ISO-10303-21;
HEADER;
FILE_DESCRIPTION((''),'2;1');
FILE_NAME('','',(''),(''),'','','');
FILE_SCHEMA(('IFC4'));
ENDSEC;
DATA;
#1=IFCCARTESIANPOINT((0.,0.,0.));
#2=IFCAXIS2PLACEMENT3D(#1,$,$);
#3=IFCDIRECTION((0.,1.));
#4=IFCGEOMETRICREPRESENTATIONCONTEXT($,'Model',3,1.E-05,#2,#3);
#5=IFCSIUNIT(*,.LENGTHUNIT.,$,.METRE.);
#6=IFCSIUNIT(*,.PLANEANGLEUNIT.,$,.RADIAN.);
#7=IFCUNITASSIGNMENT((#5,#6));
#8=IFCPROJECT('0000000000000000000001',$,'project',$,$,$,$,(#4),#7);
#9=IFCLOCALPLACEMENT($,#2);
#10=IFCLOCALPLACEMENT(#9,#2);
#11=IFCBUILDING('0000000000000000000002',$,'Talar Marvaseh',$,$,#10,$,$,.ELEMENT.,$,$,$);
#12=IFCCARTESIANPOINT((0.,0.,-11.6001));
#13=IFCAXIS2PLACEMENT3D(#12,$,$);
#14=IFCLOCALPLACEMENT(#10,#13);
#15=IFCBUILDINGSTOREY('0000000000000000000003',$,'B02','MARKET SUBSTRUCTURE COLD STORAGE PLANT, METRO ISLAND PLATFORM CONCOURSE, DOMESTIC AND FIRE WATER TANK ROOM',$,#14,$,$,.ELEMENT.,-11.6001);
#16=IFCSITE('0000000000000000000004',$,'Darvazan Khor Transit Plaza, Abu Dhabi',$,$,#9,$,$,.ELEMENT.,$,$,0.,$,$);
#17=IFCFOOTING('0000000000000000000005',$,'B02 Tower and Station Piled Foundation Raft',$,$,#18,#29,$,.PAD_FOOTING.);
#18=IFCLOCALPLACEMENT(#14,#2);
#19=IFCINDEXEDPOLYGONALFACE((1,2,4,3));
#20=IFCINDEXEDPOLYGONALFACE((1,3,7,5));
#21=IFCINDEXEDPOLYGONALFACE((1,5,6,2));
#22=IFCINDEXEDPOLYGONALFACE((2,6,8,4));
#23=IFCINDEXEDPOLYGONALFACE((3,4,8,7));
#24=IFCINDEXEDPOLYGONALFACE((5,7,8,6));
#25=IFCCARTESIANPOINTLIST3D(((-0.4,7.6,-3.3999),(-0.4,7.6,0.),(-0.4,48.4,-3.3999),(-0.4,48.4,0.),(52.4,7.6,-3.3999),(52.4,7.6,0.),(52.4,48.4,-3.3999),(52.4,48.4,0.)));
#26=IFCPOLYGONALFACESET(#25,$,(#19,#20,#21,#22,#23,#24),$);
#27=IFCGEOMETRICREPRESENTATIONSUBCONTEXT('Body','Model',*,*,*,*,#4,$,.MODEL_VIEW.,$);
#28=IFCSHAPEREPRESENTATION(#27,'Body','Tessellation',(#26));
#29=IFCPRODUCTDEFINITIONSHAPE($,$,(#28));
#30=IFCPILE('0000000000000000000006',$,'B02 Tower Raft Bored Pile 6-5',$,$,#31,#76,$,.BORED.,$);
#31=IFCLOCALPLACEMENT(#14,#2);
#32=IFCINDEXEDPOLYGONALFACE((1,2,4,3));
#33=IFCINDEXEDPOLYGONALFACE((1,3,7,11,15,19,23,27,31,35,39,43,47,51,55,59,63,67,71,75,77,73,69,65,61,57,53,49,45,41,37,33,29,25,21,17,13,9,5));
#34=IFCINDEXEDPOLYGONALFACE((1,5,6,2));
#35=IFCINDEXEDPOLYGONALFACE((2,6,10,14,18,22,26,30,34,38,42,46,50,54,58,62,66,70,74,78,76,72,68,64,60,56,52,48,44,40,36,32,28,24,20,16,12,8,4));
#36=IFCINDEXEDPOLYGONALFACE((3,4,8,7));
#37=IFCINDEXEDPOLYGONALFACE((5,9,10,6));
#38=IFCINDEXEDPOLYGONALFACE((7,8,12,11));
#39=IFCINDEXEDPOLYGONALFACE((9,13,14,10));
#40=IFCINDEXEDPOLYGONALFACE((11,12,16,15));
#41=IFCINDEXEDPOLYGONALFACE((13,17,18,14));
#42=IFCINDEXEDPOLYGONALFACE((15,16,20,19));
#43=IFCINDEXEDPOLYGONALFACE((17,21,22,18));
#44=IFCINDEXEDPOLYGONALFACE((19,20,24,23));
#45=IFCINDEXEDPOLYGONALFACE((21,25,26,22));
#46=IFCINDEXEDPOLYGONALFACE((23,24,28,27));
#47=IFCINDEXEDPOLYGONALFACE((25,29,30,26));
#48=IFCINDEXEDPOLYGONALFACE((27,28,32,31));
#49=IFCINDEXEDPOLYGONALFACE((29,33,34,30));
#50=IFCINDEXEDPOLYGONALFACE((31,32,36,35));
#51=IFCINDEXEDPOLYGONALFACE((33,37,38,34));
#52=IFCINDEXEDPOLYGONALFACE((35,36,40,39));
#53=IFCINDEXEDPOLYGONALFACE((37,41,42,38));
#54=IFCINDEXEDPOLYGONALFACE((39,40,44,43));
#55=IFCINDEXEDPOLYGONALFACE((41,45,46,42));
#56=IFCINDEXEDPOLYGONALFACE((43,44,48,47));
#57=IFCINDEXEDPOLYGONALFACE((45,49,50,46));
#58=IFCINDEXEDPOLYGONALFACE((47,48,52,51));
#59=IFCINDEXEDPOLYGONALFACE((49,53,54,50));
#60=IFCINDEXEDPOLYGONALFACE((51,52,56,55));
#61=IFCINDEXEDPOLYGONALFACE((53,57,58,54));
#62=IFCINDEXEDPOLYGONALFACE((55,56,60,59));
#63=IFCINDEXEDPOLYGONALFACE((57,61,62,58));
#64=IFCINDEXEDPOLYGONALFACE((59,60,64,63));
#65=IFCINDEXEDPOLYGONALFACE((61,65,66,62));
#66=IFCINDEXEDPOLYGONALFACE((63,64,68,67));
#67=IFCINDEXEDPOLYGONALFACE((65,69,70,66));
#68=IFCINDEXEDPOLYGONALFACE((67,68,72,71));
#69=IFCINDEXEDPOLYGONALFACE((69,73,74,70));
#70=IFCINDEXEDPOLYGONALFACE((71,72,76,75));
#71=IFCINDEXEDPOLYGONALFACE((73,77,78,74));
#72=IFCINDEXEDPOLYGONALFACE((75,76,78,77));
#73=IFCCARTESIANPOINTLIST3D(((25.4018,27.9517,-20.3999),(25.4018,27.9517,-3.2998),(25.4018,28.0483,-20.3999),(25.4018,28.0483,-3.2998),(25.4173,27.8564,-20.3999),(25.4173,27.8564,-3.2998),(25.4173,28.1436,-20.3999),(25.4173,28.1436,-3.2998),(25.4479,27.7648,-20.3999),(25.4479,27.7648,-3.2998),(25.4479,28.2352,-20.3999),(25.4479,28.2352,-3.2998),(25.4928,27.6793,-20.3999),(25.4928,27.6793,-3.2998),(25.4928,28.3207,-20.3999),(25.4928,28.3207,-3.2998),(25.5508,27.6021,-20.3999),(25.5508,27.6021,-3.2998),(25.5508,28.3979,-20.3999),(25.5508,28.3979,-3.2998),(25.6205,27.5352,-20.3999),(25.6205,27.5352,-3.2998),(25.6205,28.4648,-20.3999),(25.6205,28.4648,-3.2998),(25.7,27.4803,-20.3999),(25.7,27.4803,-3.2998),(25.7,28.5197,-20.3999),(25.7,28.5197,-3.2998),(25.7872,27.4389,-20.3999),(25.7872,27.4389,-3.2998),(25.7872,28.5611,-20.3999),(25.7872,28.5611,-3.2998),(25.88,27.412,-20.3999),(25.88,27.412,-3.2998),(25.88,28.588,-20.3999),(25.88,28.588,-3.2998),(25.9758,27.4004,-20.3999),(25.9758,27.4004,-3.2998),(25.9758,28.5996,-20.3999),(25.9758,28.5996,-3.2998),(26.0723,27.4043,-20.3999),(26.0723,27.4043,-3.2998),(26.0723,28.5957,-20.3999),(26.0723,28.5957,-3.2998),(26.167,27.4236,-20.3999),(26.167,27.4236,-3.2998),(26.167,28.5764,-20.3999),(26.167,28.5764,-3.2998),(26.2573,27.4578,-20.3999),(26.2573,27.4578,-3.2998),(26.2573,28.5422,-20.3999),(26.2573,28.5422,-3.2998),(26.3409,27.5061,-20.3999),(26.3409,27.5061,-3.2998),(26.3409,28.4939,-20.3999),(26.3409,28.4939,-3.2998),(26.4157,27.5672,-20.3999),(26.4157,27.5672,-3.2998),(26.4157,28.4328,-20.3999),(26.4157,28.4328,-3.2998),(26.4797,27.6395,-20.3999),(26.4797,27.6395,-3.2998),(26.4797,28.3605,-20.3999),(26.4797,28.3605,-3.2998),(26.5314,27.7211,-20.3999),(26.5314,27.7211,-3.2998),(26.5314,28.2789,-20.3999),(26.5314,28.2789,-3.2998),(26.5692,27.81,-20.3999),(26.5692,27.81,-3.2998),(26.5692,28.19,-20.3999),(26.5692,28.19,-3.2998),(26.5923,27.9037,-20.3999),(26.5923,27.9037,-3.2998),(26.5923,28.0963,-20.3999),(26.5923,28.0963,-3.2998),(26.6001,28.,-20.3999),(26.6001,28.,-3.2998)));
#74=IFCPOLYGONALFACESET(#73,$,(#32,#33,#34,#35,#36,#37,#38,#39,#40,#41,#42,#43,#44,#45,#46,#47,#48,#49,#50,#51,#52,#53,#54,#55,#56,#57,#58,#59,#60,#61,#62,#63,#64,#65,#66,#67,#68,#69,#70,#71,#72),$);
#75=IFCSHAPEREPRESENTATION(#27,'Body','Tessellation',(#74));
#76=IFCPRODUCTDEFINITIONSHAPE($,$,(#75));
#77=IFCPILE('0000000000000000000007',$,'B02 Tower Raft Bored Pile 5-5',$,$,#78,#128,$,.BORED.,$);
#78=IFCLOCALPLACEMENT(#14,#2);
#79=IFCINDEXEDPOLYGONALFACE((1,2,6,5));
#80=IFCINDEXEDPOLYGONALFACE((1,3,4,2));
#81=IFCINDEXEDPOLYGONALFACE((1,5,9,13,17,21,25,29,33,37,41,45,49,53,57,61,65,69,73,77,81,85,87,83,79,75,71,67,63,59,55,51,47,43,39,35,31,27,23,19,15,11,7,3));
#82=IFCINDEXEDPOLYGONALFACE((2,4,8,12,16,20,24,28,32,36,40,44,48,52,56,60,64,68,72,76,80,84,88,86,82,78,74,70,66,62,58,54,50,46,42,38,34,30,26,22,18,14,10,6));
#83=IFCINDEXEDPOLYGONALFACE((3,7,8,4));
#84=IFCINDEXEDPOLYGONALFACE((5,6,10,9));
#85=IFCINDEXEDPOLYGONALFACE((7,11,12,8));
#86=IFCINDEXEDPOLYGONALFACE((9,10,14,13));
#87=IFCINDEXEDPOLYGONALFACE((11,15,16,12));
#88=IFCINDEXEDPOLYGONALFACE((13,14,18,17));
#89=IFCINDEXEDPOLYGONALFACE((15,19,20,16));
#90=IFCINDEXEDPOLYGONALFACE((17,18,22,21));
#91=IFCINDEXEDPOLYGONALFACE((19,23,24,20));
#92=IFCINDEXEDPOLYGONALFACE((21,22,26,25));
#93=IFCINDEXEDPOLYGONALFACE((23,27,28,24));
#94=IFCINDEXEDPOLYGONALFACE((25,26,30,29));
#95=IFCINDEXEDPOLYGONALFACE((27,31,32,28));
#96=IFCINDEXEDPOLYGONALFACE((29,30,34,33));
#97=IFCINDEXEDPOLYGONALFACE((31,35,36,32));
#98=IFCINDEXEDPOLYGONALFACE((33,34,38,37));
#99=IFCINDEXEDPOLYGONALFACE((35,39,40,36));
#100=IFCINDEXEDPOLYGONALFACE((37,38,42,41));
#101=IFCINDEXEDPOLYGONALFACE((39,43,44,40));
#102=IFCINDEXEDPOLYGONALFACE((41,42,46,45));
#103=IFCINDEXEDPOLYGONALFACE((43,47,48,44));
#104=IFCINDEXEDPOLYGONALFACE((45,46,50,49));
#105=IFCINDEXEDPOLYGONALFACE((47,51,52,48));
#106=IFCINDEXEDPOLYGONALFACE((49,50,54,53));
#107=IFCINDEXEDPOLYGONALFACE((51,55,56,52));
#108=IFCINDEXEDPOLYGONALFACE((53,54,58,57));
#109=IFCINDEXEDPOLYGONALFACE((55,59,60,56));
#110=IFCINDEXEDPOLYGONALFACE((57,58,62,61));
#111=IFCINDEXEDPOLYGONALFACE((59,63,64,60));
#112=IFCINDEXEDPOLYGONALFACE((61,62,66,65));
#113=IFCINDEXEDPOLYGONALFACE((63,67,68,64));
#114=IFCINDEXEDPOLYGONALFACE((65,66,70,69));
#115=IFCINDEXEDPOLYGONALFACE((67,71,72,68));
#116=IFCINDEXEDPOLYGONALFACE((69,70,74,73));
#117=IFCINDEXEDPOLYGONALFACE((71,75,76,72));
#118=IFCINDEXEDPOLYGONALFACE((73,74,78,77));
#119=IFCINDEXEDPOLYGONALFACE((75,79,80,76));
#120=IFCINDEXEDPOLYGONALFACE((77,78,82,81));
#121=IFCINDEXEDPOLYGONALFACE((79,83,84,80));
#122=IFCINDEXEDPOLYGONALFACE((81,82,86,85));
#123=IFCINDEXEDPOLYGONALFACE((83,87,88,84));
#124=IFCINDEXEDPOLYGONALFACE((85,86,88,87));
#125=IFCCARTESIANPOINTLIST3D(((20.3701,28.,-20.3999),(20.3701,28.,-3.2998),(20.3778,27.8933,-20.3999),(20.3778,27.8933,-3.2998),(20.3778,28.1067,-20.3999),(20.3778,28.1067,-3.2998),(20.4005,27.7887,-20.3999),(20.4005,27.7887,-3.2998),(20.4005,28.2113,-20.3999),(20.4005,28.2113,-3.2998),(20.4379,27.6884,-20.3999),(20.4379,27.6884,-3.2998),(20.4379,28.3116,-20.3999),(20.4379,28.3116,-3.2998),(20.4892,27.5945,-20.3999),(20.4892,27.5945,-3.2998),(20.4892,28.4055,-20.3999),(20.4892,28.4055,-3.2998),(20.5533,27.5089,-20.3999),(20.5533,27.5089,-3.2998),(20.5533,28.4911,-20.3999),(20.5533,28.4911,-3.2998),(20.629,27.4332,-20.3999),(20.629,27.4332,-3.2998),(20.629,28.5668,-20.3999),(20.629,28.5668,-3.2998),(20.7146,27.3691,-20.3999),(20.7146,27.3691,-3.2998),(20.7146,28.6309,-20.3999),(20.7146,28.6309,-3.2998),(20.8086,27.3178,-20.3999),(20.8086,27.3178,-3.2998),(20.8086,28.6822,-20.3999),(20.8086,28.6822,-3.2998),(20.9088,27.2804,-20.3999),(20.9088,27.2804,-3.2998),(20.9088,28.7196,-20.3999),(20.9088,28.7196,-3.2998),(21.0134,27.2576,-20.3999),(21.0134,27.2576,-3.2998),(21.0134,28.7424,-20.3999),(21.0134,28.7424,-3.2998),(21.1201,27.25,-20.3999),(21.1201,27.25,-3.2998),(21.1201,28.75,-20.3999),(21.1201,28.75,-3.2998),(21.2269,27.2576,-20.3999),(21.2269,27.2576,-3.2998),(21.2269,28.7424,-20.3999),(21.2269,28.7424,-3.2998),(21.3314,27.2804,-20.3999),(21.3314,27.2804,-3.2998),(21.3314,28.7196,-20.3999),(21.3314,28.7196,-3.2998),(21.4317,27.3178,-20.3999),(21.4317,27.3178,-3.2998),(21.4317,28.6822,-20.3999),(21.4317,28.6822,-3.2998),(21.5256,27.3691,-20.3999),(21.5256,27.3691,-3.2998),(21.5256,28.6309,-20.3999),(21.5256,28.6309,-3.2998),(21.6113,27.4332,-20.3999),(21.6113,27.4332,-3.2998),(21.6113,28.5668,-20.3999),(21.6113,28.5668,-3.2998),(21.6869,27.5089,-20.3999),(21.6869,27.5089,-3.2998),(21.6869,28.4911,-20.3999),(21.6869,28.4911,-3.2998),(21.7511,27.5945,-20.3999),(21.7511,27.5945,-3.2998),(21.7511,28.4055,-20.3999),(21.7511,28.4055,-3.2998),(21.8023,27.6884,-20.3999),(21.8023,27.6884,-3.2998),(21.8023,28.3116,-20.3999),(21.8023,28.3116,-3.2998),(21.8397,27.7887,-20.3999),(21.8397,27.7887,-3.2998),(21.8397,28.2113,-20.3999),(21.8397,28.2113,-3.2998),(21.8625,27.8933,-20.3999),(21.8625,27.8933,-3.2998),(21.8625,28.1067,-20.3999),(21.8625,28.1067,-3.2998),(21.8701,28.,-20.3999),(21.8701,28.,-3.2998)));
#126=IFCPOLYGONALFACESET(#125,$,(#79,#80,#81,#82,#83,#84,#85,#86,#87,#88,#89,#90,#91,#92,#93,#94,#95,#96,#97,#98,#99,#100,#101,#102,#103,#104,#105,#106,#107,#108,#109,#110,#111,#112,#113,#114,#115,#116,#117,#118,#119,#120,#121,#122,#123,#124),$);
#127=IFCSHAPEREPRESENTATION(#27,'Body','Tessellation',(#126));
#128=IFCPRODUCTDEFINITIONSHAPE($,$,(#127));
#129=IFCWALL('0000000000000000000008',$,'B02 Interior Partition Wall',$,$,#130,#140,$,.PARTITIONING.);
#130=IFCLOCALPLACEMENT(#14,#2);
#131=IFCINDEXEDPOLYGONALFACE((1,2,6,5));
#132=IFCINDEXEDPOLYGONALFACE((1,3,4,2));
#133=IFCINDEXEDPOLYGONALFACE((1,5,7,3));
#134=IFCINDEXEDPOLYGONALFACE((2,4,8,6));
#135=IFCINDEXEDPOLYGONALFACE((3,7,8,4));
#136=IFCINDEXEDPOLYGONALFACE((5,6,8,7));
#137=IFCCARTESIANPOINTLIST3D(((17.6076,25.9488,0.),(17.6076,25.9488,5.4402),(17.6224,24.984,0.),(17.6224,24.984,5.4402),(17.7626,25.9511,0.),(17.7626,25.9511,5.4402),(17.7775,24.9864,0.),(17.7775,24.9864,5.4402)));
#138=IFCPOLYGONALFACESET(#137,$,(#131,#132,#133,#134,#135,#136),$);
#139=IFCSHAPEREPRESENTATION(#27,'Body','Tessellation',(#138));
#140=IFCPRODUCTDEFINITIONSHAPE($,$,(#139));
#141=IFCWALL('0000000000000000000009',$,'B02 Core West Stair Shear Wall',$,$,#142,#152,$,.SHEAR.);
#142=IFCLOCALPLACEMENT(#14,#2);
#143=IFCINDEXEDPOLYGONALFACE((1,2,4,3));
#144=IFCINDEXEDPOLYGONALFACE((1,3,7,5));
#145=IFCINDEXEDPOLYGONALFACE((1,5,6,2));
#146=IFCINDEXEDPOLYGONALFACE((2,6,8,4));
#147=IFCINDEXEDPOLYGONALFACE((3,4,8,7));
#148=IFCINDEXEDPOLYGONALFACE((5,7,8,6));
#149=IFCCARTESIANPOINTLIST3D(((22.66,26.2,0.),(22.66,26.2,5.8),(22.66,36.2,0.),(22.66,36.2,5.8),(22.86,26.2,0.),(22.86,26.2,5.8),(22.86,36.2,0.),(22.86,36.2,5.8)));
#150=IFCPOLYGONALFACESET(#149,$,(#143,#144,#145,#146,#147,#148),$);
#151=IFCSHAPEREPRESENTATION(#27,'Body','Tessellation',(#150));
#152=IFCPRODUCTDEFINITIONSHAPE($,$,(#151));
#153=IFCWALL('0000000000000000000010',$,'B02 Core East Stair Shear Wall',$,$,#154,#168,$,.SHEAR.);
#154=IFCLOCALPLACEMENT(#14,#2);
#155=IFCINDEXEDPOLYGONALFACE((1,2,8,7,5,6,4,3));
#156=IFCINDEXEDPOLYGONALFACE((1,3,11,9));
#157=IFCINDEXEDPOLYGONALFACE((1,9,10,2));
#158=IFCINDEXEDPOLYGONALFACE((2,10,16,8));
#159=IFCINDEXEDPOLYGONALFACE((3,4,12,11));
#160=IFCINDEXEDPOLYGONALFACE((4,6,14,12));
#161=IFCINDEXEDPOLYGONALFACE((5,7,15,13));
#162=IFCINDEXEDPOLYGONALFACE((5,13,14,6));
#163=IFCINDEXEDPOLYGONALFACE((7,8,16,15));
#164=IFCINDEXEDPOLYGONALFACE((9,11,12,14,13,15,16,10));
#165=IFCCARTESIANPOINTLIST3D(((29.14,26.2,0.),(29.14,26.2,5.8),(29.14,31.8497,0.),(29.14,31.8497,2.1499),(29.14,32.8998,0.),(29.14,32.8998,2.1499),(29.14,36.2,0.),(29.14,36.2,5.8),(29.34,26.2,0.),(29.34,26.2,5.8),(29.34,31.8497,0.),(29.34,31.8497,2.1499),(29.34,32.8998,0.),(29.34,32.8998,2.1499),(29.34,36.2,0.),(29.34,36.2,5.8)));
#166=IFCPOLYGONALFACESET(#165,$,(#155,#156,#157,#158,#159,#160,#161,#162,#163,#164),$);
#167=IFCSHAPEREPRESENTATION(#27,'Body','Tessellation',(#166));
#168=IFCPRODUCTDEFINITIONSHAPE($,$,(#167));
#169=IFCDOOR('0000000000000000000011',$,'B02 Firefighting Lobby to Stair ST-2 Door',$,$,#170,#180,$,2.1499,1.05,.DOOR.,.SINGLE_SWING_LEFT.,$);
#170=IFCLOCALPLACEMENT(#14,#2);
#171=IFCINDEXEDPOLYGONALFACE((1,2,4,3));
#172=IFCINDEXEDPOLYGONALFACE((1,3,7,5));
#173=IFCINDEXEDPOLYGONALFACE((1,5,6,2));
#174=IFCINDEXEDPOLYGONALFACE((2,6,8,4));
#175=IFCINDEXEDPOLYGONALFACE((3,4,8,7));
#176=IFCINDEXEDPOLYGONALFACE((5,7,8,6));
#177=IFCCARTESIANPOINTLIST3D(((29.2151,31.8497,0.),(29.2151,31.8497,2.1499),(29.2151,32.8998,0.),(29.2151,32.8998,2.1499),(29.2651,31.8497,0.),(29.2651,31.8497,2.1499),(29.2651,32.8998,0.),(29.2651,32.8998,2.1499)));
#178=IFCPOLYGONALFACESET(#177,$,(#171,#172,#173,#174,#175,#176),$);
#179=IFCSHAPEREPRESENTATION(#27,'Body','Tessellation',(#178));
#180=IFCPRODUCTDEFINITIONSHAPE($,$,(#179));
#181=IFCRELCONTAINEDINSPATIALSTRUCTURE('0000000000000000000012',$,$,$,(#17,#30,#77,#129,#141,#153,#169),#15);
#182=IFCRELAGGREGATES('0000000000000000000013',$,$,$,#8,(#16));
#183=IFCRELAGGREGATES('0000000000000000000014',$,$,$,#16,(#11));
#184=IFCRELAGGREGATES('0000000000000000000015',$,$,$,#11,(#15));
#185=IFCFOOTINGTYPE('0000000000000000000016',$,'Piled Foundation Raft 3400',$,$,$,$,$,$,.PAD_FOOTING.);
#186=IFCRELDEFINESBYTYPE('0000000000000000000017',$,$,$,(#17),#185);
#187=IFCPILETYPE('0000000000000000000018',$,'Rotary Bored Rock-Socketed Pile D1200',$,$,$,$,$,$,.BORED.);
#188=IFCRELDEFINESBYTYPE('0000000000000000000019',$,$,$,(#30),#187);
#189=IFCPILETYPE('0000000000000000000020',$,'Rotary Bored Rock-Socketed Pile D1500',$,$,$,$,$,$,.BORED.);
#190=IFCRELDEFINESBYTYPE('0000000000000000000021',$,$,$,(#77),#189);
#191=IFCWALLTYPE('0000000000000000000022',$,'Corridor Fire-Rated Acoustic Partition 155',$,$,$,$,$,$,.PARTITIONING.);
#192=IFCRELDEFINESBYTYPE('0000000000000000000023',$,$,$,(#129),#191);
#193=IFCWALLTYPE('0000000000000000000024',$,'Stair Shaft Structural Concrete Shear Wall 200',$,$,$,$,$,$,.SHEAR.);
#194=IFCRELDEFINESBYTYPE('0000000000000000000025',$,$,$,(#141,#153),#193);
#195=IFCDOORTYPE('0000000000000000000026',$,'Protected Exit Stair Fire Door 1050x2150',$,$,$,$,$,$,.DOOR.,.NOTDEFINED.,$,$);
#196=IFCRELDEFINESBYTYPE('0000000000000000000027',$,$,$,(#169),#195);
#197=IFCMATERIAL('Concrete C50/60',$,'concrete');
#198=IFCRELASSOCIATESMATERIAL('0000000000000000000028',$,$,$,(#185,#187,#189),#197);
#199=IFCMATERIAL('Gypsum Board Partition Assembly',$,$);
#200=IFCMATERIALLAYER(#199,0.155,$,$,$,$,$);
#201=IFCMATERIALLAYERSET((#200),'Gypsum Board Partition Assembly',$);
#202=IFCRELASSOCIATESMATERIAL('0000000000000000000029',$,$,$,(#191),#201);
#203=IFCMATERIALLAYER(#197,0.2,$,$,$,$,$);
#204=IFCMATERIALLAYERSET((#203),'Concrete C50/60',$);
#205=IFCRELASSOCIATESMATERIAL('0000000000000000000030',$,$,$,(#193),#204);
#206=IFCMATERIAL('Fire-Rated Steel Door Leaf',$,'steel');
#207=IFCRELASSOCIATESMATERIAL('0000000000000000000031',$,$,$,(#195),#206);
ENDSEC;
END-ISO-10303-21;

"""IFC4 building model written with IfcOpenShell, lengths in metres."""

from ifc_helpers import new_model, si_unit, direction, frame, frame_2d, origin, origin_2d, place, context, subcontext, project, spatial, rectangle, circle, extrude, source, transform, mapped, material, layer, layer_set, material_profile, profile_set, type_object, type_shapes, element, fill, save


model = new_model("IFC4")

# Units and contexts
model_context = context("Model", 3, precision=1e-05, world=origin(), true_north=direction((0.0, 1.0)))
body_context = subcontext(model_context, "Body", "Model", "MODEL_VIEW")
ifc_project = project(units=[si_unit("LENGTHUNIT", "METRE"), si_unit("PLANEANGLEUNIT", "RADIAN")], contexts=[model_context])

# Site, building, storey
site_placement = place(None, origin())
site = spatial("IfcSite", under=ifc_project, at=site_placement, Name="Darvazan Khor Transit Plaza, Abu Dhabi", CompositionType="ELEMENT", RefElevation=0.0)
building_placement = place(site_placement, origin())
building = spatial("IfcBuilding", under=site, at=building_placement, Name="Talar Marvaseh", CompositionType="ELEMENT")
storey_placement = place(building_placement, frame((0.0, 0.0, -11.6001)))
storey = spatial("IfcBuildingStorey", under=building, at=storey_placement, Name="B02", Description="MARKET SUBSTRUCTURE COLD STORAGE PLANT, METRO ISLAND PLATFORM CONCOURSE, DOMESTIC AND FIRE WATER TANK ROOM", CompositionType="ELEMENT", Elevation=-11.6001)

# Footing
ifc_material_1 = material(Name="Concrete C50/60", Category="concrete")
footing_type = type_object("IfcFootingType", Name="Piled Foundation Raft 3400", PredefinedType="PAD_FOOTING", material=ifc_material_1)
shared_shape_1 = source(origin(), body_context, "Body", "SweptSolid", [
    extrude(rectangle(XDim=52.8, YDim=40.8, at=origin_2d()), origin(), (0.0, 0.0, 1.0), 3.3999),
])
type_shapes(footing_type, [shared_shape_1])
footing_placement = place(storey_placement, frame((26.0, 28.0, -3.3999), z_axis=(0.0, 0.0, 1.0), x_axis=(1.0, 0.0, 0.0)))
element("IfcFooting", 1, at=footing_placement, inside=storey, type_object=footing_type, Name="B02 Tower and Station Piled Foundation Raft", PredefinedType="PAD_FOOTING", context=body_context, shape_type="MappedRepresentation", body=[
    mapped(shared_shape_1, transform((0.0, 0.0, 0.0), x_axis=(1.0, 0.0, 0.0), y_axis=(0.0, 1.0, 0.0), z_axis=(0.0, 0.0, 1.0), scale=1.0)),
])

# Piles
ifc_material_profile_1 = material_profile(ifc_material_1, circle(Radius=0.6001, at=origin_2d()), Name="PILE-D1200")
ifc_profile_set_1 = profile_set([ifc_material_profile_1], Name="Concrete C50/60")
pile_type_1 = type_object("IfcPileType", Name="Rotary Bored Rock-Socketed Pile D1200", PredefinedType="BORED", material=ifc_profile_set_1)
shared_shape_2 = source(origin(), body_context, "Body", "SweptSolid", [
    extrude(circle(Radius=0.6001, at=origin_2d()), origin(), (0.0, 0.0, 1.0), 17.1001),
])
type_shapes(pile_type_1, [shared_shape_2])
pile_1_placement = place(storey_placement, frame((26.0, 28.0, -3.2998), z_axis=(0.0, 0.0, -1.0), x_axis=(1.0, 0.0, 0.0)))
element("IfcPile", 2, at=pile_1_placement, inside=storey, type_object=pile_type_1, Name="B02 Tower Raft Bored Pile 6-5", PredefinedType="BORED", context=body_context, shape_type="MappedRepresentation", body=[
    mapped(shared_shape_2, transform((0.0, 0.0, 0.0), x_axis=(1.0, 0.0, 0.0), y_axis=(0.0, 1.0, 0.0), z_axis=(0.0, 0.0, 1.0), scale=1.0)),
])
ifc_material_profile_2 = material_profile(ifc_material_1, circle(Radius=0.75, at=origin_2d()), Name="PILE-D1500")
ifc_profile_set_2 = profile_set([ifc_material_profile_2], Name="Concrete C50/60")
pile_type_2 = type_object("IfcPileType", Name="Rotary Bored Rock-Socketed Pile D1500", PredefinedType="BORED", material=ifc_profile_set_2)
shared_shape_3 = source(origin(), body_context, "Body", "SweptSolid", [
    extrude(circle(Radius=0.75, at=origin_2d()), origin(), (0.0, 0.0, 1.0), 17.1001),
])
type_shapes(pile_type_2, [shared_shape_3])
pile_2_placement = place(storey_placement, frame((21.1201, 28.0, -3.2998), z_axis=(0.0, 0.0, -1.0), x_axis=(1.0, 0.0, 0.0)))
element("IfcPile", 3, at=pile_2_placement, inside=storey, type_object=pile_type_2, Name="B02 Tower Raft Bored Pile 5-5", PredefinedType="BORED", context=body_context, shape_type="MappedRepresentation", body=[
    mapped(shared_shape_3, transform((0.0, 0.0, 0.0), x_axis=(1.0, 0.0, 0.0), y_axis=(0.0, 1.0, 0.0), z_axis=(0.0, 0.0, 1.0), scale=1.0)),
])

# Walls
ifc_material_2 = material(Name="Gypsum Board Partition Assembly")
ifc_layer_1 = layer(ifc_material_2, 0.155)
ifc_layer_set_1 = layer_set([ifc_layer_1], Name="Gypsum Board Partition Assembly")
wall_type_1 = type_object("IfcWallType", Name="Corridor Fire-Rated Acoustic Partition 155", PredefinedType="PARTITIONING", material=ifc_layer_set_1)
wall_1_placement = place(storey_placement, frame((17.6851, 25.95, 0.0), z_axis=(0.0, 0.0, 1.0), x_axis=(0.015433, -0.999881, 0.0)))
element("IfcWall", 4, at=wall_1_placement, inside=storey, type_object=wall_type_1, Name="B02 Interior Partition Wall", PredefinedType="PARTITIONING", context=body_context, shape_type="SweptSolid", body=[
    extrude(rectangle(XDim=0.9648, YDim=0.155, at=frame_2d((0.4824, 0.0))), origin(), (0.0, 0.0, 1.0), 5.4402),
])
ifc_layer_2 = layer(ifc_material_1, 0.2)
ifc_layer_set_2 = layer_set([ifc_layer_2], Name="Concrete C50/60")
wall_type_2 = type_object("IfcWallType", Name="Stair Shaft Structural Concrete Shear Wall 200", PredefinedType="SHEAR", material=ifc_layer_set_2)
wall_2_placement = place(storey_placement, frame((22.76, 26.2, 0.0), z_axis=(0.0, 0.0, 1.0), x_axis=(0.0, 1.0, 0.0)))
element("IfcWall", 5, at=wall_2_placement, inside=storey, type_object=wall_type_2, Name="B02 Core West Stair Shear Wall", PredefinedType="SHEAR", context=body_context, shape_type="SweptSolid", body=[
    extrude(rectangle(XDim=10.0, YDim=0.2, at=frame_2d((5.0, 0.0))), origin(), (0.0, 0.0, 1.0), 5.8),
])

# Wall, opening, door
wall_3_placement = place(storey_placement, frame((29.24, 26.2, 0.0), z_axis=(0.0, 0.0, 1.0), x_axis=(0.0, 1.0, 0.0)))
wall_3 = element("IfcWall", 6, at=wall_3_placement, inside=storey, type_object=wall_type_2, Name="B02 Core East Stair Shear Wall", PredefinedType="SHEAR", context=body_context, shape_type="SweptSolid", body=[
    extrude(rectangle(XDim=10.0, YDim=0.2, at=frame_2d((5.0, 0.0))), origin(), (0.0, 0.0, 1.0), 5.8),
])
opening_1_placement = place(wall_3_placement, frame((5.6499, 0.0, 0.0)))
opening_1 = element("IfcOpeningElement", 7, at=opening_1_placement, cuts=wall_3, PredefinedType="OPENING", context=body_context, shape_type="SweptSolid", body=[
    extrude(rectangle(XDim=1.05, YDim=2.1499, at=frame_2d((0.5249, 1.075))), frame((0.0, 0.1099, 0.0), z_axis=(0.0, -1.0, 0.0), x_axis=(1.0, 0.0, 0.0)), (0.0, 0.0, 1.0), 0.22),
])
ifc_material_3 = material(Name="Fire-Rated Steel Door Leaf", Category="steel")
door_type = type_object("IfcDoorType", Name="Protected Exit Stair Fire Door 1050x2150", OperationType="NOTDEFINED", PredefinedType="DOOR", material=ifc_material_3)
shared_shape_4 = source(origin(), body_context, "Body", "SweptSolid", [
    extrude(rectangle(XDim=1.05, YDim=2.1499, at=frame_2d((0.5249, 1.075))), frame((0.0, 0.0249, 0.0), z_axis=(0.0, -1.0, 0.0), x_axis=(1.0, 0.0, 0.0)), (0.0, 0.0, 1.0), 0.05),
])
type_shapes(door_type, [shared_shape_4])
door_1_placement = place(opening_1_placement, origin())
door_1 = element("IfcDoor", 8, at=door_1_placement, inside=storey, type_object=door_type, Name="B02 Firefighting Lobby to Stair ST-2 Door", OperationType="SINGLE_SWING_LEFT", OverallHeight=2.1499, OverallWidth=1.05, PredefinedType="DOOR", context=body_context, shape_type="MappedRepresentation", body=[
    mapped(shared_shape_4, transform((0.0, 0.0, 0.0), x_axis=(1.0, 0.0, 0.0), y_axis=(0.0, 1.0, 0.0), z_axis=(0.0, 0.0, 1.0), scale=1.0)),
])
fill(opening_1, door_1)

save(model, "model.ifc")
